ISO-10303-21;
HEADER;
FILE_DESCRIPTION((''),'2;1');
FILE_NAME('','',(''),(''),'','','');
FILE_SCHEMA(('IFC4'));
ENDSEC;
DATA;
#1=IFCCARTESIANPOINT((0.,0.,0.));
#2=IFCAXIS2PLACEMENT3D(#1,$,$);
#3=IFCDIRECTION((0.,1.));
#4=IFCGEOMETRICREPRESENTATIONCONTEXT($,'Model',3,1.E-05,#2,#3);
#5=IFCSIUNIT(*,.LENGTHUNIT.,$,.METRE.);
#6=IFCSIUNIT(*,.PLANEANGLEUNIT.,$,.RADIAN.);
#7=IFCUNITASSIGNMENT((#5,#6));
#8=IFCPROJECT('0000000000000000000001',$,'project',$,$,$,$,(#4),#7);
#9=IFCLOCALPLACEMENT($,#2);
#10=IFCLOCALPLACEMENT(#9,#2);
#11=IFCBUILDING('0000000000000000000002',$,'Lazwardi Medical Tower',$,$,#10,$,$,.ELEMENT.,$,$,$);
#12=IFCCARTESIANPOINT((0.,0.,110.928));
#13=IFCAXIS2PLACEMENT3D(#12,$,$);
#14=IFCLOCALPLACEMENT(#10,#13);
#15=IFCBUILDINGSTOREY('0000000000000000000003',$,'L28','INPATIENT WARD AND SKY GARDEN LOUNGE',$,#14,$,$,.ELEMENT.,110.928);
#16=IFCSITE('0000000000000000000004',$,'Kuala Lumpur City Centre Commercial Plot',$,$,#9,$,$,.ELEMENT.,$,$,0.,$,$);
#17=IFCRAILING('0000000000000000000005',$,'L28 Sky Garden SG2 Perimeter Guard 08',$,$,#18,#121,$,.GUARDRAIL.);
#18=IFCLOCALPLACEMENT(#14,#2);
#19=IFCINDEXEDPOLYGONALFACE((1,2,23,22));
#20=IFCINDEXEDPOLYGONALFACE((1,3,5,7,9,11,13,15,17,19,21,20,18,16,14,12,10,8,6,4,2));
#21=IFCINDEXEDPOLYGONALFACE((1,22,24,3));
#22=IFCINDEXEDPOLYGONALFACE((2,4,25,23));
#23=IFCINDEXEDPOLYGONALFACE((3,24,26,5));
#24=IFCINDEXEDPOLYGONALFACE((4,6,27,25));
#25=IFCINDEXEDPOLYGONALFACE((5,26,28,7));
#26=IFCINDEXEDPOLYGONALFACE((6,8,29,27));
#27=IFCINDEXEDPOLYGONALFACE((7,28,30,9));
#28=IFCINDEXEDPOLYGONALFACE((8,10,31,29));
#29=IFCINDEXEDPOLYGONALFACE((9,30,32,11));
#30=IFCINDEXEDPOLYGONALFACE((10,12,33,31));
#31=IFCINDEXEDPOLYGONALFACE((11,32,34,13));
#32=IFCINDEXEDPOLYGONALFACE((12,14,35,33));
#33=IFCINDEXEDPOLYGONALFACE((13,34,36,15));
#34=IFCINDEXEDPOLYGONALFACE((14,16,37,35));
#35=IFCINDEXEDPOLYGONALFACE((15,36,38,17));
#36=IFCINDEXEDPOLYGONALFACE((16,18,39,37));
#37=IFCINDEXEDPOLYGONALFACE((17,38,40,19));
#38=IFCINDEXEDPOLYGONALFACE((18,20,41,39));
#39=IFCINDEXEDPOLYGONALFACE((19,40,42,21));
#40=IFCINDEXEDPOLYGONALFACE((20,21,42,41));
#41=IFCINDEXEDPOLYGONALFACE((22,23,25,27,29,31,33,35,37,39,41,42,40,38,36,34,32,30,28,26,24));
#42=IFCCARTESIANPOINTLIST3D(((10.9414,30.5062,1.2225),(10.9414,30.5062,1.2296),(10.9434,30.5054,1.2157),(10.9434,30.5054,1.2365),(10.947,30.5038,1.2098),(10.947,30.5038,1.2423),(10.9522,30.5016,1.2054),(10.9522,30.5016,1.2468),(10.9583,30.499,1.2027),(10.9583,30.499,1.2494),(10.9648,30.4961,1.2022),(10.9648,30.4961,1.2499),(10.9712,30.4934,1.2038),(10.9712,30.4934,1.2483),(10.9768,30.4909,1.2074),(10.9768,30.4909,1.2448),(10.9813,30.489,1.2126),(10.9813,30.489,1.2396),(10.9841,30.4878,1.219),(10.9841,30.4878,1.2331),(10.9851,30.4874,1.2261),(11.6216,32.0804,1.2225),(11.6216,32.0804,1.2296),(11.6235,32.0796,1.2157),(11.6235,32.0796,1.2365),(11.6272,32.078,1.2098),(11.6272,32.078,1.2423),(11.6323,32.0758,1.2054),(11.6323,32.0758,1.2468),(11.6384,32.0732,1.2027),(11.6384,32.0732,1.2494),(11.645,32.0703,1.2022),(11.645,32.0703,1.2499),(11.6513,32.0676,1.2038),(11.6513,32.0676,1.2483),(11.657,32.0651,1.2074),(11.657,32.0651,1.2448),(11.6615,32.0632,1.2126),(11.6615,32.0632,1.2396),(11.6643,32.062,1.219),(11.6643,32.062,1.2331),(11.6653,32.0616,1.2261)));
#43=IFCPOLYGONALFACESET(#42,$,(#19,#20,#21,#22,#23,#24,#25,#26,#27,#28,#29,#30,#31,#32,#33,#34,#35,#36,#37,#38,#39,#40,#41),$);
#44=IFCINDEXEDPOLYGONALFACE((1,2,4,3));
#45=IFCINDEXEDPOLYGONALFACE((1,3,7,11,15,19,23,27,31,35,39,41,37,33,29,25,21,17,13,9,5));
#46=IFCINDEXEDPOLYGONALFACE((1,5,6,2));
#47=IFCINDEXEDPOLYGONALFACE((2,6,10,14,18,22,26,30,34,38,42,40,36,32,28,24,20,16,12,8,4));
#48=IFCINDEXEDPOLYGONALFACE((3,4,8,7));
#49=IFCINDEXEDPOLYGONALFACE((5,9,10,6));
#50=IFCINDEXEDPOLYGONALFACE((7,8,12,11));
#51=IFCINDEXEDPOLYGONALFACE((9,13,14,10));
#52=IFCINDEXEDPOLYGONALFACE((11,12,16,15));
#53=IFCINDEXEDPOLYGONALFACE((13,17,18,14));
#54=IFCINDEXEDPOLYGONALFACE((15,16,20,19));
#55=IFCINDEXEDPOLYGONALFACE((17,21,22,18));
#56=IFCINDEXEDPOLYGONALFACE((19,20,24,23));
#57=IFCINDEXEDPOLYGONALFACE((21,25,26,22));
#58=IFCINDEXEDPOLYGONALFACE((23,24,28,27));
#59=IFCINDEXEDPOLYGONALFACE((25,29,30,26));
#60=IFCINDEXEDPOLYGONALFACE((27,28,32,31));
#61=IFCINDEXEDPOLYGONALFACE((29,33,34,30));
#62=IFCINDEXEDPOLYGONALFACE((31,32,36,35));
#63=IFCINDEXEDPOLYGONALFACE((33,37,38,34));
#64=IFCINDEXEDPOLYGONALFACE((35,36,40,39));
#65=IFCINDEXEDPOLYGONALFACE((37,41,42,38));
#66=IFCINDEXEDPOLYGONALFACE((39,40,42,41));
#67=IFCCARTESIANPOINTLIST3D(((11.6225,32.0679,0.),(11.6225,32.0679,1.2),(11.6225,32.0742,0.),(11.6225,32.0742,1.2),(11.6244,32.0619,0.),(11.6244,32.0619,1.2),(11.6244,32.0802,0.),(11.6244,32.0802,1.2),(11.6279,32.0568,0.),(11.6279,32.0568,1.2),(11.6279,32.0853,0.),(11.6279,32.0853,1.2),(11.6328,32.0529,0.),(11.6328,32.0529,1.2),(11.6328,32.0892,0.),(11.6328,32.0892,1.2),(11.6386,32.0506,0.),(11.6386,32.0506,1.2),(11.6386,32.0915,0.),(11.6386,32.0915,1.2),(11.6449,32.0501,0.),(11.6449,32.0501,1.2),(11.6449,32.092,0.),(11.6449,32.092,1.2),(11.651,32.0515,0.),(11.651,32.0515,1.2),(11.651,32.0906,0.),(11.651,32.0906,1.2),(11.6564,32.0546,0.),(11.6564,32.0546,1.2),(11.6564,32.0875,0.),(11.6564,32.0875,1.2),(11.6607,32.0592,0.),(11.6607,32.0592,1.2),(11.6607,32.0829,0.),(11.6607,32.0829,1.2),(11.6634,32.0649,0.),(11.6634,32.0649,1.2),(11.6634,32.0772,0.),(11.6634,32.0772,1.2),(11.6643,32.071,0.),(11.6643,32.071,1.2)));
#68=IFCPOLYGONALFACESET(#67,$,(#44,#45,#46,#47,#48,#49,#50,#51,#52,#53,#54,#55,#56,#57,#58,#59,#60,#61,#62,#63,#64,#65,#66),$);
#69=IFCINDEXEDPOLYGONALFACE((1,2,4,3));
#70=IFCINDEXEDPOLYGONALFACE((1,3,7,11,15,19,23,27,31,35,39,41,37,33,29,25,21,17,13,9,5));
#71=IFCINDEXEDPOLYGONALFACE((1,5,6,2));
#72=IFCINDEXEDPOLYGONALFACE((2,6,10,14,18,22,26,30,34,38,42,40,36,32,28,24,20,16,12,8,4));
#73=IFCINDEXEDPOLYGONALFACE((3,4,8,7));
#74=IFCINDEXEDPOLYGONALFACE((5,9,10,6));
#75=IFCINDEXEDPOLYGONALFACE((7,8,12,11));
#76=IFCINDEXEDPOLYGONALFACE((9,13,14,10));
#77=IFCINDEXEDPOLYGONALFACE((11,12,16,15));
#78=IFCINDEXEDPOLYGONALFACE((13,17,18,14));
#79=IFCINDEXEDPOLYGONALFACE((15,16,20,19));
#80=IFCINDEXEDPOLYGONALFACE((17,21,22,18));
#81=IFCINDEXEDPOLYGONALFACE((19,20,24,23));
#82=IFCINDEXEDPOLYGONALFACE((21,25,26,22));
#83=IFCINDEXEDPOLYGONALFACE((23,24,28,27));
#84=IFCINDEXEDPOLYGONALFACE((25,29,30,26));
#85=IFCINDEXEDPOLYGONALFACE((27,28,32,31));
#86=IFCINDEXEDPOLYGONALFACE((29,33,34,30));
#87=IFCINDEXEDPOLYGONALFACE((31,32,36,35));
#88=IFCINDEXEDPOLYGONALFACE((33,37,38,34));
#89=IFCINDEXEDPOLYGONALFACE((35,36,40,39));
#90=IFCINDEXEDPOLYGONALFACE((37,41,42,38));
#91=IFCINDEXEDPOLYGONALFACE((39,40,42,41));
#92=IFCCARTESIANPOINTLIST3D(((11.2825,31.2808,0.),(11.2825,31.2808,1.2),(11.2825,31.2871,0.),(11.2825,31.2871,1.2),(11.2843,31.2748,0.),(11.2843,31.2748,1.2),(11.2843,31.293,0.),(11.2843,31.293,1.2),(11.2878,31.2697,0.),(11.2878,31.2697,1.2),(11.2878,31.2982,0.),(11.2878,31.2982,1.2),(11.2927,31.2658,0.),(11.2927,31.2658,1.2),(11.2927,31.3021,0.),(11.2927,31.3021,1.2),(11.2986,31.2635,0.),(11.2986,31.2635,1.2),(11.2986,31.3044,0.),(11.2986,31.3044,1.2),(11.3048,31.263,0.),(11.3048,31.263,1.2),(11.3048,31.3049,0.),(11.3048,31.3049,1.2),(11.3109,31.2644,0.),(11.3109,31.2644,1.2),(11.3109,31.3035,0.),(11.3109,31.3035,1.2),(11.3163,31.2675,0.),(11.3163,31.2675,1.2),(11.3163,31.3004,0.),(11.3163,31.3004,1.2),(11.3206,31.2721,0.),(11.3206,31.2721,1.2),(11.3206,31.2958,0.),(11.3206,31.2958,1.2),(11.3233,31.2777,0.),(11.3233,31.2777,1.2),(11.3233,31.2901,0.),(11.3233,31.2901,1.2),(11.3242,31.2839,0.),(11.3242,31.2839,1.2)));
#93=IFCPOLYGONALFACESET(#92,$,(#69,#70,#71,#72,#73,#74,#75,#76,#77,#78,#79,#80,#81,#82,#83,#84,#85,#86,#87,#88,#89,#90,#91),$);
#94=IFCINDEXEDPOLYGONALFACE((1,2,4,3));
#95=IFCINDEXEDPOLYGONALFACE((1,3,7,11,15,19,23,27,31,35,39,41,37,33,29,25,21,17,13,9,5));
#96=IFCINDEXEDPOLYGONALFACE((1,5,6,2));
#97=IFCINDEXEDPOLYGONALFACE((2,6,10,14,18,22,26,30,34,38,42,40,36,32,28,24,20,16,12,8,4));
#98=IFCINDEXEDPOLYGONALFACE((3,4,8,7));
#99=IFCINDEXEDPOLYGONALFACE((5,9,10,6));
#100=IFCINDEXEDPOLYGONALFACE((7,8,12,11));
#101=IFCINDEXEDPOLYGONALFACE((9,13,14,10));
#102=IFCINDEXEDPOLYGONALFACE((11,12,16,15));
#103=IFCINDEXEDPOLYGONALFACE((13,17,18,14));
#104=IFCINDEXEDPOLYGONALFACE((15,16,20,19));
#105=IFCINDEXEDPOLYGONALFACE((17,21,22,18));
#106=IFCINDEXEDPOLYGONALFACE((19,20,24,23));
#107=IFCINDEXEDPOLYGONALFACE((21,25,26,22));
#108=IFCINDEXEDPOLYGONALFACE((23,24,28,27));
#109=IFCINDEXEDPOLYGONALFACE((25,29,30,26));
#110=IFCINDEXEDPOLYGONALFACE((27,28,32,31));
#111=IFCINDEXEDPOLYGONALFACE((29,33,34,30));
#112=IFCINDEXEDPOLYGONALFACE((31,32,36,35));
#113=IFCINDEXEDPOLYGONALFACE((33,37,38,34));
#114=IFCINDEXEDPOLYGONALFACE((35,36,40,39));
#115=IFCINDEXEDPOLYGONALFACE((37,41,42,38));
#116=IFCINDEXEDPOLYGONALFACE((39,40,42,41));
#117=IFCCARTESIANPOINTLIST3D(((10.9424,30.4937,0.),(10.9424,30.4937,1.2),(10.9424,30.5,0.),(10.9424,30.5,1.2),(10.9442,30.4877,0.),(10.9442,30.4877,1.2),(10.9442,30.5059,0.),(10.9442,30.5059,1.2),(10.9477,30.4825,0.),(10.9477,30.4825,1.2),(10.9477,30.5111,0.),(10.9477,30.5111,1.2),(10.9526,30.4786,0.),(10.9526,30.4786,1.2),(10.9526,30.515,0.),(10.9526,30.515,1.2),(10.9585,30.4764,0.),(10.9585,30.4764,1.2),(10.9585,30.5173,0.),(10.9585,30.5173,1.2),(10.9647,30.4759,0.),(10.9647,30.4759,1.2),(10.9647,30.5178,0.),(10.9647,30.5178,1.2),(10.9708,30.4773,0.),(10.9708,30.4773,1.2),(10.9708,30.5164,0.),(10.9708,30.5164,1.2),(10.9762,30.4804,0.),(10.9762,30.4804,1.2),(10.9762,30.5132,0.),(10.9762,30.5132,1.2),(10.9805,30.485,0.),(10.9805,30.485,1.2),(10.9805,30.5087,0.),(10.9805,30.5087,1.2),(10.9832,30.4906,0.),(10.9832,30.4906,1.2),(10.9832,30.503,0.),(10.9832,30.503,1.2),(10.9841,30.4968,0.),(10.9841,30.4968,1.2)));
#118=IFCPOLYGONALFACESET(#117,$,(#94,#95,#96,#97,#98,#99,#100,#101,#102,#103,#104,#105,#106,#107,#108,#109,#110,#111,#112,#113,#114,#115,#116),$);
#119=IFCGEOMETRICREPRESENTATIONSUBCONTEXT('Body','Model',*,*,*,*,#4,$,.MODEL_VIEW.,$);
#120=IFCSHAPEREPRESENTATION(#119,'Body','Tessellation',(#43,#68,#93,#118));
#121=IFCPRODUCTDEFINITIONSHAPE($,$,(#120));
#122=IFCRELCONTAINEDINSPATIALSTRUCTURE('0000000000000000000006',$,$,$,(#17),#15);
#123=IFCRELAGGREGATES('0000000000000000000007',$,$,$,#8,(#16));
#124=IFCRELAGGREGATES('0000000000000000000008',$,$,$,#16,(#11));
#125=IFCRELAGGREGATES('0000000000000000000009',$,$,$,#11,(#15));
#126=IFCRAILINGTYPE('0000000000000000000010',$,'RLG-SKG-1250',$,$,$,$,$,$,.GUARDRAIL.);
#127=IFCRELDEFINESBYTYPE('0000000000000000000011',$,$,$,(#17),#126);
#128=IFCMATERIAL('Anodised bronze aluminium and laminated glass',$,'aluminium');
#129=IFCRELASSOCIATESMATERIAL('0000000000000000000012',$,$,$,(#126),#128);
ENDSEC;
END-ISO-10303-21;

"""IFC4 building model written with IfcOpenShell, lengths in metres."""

from ifc_helpers import new_model, si_unit, direction, frame, origin, origin_2d, place, context, subcontext, project, spatial, circle, extrude, material, type_object, element, save


model = new_model("IFC4")

# Units and contexts
model_context = context("Model", 3, precision=1e-05, world=origin(), true_north=direction((0.0, 1.0)))
body_context = subcontext(model_context, "Body", "Model", "MODEL_VIEW")
ifc_project = project(units=[si_unit("LENGTHUNIT", "METRE"), si_unit("PLANEANGLEUNIT", "RADIAN")], contexts=[model_context])

# Site, building, storey
site_placement = place(None, origin())
site = spatial("IfcSite", under=ifc_project, at=site_placement, Name="Kuala Lumpur City Centre Commercial Plot", CompositionType="ELEMENT", RefElevation=0.0)
building_placement = place(site_placement, origin())
building = spatial("IfcBuilding", under=site, at=building_placement, Name="Lazwardi Medical Tower", CompositionType="ELEMENT")
storey_placement = place(building_placement, frame((0.0, 0.0, 110.928)))
storey = spatial("IfcBuildingStorey", under=building, at=storey_placement, Name="L28", Description="INPATIENT WARD AND SKY GARDEN LOUNGE", CompositionType="ELEMENT", Elevation=110.928)

# Shared definitions
ifc_material_1 = material(Name="Anodised bronze aluminium and laminated glass", Category="aluminium")

# Railing
railing_type = type_object("IfcRailingType", Name="RLG-SKG-1250", PredefinedType="GUARDRAIL", material=ifc_material_1)
railing_1_placement = place(storey_placement, frame((11.6433, 32.071, 0.0)))
element("IfcRailing", 1, at=railing_1_placement, inside=storey, type_object=railing_type, Name="L28 Sky Garden SG2 Perimeter Guard 08", PredefinedType="GUARDRAIL", context=body_context, shape_type="SweptSolid", body=[
    extrude(circle(Radius=0.0239, at=origin_2d()), frame((0.0, 0.0, 1.2261), z_axis=(-0.396632, -0.917978, 0.0), x_axis=(0.917978, -0.396632, 0.0)), (0.0, 0.0, 1.0), 1.7148),
    extrude(circle(Radius=0.021, at=origin_2d()), origin(), (0.0, 0.0, 1.0), 1.2),
    extrude(circle(Radius=0.021, at=origin_2d()), frame((-0.3401, -0.7871, 0.0)), (0.0, 0.0, 1.0), 1.2),
    extrude(circle(Radius=0.021, at=origin_2d()), frame((-0.6802, -1.5742, 0.0)), (0.0, 0.0, 1.0), 1.2),
])

save(model, "model.ifc")
